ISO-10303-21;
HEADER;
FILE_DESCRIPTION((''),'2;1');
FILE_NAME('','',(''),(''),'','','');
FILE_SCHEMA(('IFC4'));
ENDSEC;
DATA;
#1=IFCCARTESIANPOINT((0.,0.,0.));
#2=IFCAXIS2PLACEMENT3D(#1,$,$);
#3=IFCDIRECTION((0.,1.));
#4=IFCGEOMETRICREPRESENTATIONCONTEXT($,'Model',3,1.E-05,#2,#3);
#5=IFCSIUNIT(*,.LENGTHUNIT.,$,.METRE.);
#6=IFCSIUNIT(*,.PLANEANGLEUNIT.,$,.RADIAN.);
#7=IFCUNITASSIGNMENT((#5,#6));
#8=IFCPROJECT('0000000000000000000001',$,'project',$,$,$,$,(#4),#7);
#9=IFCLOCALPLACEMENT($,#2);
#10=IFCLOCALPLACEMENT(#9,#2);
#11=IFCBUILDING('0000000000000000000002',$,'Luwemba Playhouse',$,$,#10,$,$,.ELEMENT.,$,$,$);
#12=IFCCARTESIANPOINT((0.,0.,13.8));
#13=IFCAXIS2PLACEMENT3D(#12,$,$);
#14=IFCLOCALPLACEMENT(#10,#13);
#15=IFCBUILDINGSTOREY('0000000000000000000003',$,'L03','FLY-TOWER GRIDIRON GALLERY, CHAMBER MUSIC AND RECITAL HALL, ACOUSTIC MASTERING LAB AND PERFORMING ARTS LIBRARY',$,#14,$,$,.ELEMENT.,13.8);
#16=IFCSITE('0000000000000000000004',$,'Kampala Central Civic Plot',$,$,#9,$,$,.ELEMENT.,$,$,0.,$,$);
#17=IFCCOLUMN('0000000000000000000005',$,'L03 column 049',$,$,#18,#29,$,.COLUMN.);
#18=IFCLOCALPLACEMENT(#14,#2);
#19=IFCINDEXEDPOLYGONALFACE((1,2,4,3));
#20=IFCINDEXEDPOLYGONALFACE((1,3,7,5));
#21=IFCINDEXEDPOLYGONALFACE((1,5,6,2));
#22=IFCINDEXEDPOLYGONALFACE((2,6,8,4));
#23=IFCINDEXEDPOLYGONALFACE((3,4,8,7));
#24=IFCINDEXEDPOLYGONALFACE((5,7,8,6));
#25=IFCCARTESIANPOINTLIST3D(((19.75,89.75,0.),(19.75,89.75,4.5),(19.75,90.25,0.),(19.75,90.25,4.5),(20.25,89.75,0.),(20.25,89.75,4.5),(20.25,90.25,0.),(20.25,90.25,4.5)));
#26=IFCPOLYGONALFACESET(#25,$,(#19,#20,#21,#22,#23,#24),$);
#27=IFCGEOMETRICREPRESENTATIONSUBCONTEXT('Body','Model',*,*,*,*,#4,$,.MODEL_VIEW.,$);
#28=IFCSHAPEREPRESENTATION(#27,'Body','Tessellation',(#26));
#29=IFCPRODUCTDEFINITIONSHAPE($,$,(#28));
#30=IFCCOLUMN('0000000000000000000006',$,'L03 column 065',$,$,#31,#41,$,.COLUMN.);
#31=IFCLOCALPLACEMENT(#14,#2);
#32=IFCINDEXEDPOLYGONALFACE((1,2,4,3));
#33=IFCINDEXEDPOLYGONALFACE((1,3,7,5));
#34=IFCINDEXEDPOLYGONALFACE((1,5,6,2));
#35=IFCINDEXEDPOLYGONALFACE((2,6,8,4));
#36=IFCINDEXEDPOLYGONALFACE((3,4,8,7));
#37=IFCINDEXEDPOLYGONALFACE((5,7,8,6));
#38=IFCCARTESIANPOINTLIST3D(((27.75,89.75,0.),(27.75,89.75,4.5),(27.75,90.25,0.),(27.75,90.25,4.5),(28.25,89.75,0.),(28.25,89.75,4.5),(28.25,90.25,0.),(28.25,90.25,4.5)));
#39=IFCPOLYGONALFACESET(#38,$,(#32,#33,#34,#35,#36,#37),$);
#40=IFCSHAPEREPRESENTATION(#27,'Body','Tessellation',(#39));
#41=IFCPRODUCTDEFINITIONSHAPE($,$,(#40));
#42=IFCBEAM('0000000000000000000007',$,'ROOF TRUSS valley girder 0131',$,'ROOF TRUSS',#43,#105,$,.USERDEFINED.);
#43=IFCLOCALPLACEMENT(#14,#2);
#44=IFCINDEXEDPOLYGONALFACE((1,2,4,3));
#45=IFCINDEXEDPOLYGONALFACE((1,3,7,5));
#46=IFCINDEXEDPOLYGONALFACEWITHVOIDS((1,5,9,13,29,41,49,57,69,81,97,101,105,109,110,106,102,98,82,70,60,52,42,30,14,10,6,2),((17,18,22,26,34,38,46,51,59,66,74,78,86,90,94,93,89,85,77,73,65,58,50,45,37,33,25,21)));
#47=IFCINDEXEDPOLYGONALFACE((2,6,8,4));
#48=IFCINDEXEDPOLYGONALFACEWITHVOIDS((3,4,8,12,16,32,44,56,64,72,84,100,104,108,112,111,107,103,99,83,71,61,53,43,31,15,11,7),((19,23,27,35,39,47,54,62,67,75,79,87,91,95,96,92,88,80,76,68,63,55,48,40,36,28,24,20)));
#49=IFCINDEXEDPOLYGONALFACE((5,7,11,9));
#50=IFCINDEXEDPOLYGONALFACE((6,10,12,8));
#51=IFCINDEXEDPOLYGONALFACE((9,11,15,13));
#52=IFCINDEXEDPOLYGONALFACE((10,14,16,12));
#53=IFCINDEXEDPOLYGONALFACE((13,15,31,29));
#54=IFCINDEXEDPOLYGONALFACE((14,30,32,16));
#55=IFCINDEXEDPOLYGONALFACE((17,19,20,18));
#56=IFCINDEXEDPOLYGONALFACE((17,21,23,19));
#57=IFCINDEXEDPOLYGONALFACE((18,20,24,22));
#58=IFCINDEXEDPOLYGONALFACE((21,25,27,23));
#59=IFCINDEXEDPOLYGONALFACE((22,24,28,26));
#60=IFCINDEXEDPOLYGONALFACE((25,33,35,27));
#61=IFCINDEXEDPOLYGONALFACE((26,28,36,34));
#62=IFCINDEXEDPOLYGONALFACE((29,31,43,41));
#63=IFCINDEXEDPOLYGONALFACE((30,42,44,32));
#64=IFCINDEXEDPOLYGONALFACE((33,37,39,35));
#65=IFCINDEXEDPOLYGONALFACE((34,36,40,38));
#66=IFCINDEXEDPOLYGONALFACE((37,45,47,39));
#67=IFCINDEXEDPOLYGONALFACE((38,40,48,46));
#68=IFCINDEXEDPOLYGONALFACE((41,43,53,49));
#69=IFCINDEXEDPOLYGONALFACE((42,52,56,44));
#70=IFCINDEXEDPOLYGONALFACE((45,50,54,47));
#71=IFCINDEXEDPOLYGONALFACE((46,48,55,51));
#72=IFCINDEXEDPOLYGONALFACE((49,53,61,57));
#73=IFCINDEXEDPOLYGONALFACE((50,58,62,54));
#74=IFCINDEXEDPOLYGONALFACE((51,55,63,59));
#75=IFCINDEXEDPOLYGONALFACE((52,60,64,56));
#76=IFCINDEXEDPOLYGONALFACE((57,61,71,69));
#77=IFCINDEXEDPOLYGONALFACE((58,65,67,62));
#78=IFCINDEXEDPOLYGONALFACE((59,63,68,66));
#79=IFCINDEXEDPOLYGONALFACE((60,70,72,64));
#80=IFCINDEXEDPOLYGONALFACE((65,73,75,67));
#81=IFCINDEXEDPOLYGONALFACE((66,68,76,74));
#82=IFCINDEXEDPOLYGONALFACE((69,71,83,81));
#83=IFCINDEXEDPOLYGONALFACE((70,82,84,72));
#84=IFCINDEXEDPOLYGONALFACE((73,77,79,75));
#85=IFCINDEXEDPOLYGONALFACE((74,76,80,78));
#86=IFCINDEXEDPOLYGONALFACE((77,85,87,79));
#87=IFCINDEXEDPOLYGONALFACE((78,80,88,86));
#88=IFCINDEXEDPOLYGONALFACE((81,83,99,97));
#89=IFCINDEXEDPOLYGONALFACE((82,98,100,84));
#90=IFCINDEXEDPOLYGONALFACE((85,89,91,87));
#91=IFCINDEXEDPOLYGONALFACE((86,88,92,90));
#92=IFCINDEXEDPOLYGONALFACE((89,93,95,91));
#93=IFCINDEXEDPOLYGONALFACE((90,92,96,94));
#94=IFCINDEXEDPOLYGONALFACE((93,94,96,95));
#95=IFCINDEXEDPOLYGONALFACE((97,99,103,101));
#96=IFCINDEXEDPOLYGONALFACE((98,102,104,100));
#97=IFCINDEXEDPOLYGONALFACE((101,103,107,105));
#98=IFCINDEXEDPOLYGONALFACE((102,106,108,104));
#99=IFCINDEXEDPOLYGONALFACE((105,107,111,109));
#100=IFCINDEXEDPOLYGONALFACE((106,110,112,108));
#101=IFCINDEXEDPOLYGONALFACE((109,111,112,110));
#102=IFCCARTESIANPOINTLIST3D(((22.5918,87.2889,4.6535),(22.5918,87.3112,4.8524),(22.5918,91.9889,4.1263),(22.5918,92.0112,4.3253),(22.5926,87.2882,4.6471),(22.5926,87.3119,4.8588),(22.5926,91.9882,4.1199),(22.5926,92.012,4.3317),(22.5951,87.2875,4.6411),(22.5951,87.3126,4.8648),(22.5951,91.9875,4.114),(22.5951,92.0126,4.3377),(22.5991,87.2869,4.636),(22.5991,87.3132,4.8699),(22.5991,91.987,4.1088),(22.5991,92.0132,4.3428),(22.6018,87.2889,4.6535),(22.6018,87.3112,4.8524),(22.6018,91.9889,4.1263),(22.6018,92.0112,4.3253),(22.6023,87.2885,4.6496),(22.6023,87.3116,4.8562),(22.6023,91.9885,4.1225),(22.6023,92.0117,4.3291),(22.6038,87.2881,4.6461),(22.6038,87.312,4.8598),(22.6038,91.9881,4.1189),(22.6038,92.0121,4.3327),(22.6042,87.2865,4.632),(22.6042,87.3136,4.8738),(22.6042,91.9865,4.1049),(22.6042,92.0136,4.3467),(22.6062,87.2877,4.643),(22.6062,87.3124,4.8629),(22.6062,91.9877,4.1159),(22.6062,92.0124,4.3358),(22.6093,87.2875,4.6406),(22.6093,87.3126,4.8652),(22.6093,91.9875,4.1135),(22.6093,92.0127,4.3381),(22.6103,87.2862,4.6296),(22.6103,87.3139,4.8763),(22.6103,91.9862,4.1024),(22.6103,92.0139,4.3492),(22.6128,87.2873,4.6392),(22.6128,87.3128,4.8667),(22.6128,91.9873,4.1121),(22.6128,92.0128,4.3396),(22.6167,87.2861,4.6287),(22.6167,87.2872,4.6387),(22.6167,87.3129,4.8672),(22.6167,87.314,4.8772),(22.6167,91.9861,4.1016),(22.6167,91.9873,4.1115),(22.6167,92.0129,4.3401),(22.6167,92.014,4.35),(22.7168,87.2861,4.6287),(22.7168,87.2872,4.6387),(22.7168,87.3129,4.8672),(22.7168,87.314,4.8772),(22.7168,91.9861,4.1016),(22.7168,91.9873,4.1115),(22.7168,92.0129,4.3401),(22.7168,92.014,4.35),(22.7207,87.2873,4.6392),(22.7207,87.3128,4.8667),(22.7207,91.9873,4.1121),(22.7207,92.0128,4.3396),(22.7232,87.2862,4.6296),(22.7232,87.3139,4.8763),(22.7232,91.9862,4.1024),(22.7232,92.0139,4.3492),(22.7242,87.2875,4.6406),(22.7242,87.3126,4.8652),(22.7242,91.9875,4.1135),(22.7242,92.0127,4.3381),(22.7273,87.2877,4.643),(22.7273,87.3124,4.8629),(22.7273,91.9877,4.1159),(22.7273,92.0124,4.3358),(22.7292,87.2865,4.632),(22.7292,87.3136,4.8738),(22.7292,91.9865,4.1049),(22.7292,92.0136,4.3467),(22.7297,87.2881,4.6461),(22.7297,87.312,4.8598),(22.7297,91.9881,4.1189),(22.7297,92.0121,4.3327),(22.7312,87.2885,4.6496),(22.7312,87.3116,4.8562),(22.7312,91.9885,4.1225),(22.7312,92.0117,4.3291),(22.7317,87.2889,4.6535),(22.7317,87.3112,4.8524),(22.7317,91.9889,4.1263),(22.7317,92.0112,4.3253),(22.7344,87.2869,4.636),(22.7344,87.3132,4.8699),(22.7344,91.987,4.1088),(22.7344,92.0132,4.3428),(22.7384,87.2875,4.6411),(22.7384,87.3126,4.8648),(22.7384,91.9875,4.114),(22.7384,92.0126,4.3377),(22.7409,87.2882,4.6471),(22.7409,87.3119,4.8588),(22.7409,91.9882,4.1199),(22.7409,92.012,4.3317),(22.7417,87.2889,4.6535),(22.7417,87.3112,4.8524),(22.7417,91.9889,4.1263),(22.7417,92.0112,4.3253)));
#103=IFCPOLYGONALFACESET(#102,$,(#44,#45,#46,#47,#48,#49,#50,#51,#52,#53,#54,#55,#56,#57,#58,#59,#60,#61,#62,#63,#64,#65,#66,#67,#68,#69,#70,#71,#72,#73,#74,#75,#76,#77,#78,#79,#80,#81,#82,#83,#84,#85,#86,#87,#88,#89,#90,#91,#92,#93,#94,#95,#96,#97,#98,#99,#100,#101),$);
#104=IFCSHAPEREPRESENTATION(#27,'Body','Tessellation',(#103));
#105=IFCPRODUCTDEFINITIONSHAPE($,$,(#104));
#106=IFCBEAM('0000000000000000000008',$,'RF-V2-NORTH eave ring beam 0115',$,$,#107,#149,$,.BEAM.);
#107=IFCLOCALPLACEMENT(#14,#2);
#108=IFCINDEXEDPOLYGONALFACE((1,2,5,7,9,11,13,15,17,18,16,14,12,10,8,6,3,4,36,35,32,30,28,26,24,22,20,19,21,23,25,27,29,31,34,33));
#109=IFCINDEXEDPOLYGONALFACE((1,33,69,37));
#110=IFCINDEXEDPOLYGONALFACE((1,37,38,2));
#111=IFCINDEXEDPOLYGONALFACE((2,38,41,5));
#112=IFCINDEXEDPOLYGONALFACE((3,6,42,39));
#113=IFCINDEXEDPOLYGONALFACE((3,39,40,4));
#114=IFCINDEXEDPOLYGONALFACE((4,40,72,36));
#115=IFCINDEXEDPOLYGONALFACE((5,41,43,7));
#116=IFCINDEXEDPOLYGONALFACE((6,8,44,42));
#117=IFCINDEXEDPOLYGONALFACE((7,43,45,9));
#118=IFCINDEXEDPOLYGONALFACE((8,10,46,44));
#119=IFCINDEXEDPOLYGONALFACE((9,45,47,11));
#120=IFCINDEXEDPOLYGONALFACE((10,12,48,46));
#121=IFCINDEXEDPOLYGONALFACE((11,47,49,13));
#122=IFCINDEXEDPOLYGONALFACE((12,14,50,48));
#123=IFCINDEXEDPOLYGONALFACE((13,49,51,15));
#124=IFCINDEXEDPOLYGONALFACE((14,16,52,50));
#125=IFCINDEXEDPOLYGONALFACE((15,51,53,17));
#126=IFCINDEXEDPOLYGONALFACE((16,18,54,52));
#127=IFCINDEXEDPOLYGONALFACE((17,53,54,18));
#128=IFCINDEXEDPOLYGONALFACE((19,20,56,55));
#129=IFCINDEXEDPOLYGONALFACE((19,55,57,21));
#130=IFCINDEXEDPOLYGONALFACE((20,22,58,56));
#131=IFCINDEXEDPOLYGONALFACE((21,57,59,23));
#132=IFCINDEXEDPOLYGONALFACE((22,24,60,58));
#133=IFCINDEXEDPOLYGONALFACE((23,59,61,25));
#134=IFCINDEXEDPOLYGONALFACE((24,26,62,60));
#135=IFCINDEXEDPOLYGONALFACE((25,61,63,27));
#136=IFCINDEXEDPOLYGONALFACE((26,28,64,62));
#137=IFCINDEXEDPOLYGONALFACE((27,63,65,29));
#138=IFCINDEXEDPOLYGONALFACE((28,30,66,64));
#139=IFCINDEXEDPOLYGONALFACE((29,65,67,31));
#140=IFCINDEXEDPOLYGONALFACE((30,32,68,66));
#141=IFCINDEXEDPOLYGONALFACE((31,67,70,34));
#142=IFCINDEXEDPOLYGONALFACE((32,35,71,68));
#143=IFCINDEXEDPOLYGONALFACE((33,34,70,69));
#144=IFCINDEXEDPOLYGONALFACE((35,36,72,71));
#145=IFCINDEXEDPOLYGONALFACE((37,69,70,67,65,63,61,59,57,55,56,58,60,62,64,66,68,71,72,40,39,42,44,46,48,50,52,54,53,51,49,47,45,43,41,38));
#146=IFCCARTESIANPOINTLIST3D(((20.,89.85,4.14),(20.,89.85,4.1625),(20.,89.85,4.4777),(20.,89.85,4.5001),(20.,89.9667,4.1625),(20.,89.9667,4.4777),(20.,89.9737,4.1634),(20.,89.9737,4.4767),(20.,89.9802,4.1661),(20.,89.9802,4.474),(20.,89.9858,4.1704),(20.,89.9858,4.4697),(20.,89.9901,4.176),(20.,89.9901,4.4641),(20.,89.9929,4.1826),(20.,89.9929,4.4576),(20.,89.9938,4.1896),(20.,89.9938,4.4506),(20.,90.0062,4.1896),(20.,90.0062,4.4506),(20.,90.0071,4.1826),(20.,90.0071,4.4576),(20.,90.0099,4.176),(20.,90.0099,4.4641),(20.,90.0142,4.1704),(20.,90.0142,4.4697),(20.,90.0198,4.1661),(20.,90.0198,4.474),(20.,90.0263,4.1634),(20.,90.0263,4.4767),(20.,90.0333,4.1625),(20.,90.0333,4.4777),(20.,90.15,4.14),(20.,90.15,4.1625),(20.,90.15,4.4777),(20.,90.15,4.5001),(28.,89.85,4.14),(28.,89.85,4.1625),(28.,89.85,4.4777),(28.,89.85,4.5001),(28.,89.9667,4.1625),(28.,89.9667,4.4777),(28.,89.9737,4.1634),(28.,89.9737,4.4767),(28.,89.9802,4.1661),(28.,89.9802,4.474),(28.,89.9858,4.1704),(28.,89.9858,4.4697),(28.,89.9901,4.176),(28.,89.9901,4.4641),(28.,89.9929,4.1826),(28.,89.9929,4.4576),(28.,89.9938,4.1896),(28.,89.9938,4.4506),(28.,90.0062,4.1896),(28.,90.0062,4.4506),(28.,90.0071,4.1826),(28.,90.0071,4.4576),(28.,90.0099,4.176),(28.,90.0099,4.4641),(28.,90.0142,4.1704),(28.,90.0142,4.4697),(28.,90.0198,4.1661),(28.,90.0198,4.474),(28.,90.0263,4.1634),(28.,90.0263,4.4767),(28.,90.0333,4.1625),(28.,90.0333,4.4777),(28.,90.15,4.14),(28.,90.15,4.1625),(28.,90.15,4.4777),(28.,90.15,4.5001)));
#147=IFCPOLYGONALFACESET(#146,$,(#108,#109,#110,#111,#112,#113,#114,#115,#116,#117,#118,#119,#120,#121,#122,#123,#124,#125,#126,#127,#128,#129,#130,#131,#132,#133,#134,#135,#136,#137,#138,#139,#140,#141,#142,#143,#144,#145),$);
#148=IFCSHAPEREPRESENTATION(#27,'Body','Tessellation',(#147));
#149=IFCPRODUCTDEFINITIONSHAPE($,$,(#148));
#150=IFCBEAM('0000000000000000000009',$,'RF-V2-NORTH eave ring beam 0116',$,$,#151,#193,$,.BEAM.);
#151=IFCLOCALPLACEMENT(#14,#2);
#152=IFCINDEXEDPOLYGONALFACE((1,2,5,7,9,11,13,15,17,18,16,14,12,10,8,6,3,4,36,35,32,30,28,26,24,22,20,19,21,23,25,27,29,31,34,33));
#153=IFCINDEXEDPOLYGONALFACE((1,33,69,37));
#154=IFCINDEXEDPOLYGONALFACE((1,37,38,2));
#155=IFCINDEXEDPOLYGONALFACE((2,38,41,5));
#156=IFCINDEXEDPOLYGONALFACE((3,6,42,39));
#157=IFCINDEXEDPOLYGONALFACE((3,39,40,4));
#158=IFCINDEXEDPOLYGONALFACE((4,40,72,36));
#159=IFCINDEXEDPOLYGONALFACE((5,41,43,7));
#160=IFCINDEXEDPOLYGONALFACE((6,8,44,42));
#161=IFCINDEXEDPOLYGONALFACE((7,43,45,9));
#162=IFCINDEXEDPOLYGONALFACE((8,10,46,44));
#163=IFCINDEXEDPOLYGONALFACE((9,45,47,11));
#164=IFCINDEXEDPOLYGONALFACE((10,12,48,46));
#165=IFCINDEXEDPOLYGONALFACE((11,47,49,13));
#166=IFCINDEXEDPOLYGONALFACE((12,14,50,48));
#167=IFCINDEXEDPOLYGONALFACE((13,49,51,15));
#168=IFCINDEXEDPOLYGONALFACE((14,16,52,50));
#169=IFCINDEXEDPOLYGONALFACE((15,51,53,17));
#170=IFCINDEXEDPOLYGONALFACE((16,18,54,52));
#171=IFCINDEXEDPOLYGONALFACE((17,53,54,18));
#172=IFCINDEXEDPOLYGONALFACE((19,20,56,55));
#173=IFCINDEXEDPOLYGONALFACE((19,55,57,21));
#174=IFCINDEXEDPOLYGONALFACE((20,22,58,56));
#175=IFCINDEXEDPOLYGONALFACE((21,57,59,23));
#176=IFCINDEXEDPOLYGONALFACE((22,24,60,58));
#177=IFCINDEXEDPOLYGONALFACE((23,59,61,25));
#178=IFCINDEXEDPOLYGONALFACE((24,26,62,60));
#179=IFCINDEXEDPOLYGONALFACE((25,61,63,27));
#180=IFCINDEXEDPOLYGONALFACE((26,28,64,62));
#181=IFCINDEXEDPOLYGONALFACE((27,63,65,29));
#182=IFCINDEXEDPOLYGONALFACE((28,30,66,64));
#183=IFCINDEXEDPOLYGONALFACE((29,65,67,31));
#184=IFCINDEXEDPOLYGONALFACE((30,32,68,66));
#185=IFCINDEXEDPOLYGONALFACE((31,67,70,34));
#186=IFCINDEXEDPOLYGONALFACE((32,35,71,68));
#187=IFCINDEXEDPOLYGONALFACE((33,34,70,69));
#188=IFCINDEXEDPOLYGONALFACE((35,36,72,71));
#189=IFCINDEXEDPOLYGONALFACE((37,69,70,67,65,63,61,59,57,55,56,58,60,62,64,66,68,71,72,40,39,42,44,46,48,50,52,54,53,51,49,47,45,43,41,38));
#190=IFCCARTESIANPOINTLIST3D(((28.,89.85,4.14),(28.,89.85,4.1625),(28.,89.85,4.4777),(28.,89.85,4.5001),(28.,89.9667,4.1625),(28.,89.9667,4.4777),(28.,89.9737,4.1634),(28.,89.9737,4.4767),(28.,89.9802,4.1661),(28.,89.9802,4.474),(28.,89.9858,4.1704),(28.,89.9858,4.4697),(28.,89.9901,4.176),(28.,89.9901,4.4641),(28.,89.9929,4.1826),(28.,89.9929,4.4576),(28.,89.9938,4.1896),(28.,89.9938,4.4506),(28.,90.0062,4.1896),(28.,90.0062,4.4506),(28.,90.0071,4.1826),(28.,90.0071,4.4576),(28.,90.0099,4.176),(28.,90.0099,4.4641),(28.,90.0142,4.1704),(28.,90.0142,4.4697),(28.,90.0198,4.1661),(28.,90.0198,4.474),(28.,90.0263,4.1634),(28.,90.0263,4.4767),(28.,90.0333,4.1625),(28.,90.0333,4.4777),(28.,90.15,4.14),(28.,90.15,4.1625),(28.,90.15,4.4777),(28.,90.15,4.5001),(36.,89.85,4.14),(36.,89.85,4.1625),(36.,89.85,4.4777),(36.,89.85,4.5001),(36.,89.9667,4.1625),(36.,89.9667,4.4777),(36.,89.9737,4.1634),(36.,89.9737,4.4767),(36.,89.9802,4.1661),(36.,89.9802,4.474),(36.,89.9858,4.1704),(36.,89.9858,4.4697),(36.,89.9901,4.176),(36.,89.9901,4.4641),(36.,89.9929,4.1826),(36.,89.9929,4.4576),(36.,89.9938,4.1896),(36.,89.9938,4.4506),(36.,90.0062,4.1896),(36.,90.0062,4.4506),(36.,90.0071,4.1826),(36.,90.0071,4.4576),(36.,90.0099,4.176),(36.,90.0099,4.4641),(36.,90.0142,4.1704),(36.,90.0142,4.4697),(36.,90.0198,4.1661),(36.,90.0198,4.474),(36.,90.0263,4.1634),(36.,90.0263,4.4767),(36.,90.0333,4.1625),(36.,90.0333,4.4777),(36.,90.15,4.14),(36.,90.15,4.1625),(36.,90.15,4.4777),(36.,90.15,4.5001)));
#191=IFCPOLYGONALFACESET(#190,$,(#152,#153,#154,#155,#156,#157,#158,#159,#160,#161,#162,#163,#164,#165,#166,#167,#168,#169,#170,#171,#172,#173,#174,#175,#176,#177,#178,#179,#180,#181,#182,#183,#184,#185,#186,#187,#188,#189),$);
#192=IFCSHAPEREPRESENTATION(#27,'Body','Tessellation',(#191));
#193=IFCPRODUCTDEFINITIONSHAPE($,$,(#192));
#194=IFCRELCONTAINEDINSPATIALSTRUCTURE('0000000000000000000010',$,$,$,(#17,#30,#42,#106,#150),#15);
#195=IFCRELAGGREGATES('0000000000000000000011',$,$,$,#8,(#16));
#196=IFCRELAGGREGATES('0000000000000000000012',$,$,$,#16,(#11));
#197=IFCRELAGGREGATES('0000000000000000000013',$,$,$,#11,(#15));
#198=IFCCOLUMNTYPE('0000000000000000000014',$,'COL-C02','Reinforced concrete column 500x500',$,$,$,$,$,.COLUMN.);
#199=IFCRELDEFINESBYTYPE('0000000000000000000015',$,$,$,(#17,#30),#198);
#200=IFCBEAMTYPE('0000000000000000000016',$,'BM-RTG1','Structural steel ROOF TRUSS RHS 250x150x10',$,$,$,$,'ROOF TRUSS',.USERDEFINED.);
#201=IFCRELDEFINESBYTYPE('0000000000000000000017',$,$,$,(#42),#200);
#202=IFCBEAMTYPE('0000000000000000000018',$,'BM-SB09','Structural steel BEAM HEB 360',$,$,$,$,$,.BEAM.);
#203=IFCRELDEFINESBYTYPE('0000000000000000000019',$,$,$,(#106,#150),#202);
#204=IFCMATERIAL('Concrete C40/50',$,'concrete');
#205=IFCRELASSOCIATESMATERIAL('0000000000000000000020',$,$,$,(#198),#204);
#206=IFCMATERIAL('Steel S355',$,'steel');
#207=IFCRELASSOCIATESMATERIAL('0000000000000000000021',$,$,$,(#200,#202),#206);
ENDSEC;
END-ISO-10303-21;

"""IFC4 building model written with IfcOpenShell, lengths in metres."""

from ifc_helpers import new_model, si_unit, direction, frame, origin, origin_2d, place, context, subcontext, project, spatial, rectangle, hollow_rectangle, i_section, extrude, material, material_profile, profile_set, type_object, element, save


model = new_model("IFC4")

# Units and contexts
model_context = context("Model", 3, precision=1e-05, world=origin(), true_north=direction((0.0, 1.0)))
body_context = subcontext(model_context, "Body", "Model", "MODEL_VIEW")
ifc_project = project(units=[si_unit("LENGTHUNIT", "METRE"), si_unit("PLANEANGLEUNIT", "RADIAN")], contexts=[model_context])

# Site, building, storey
site_placement = place(None, origin())
site = spatial("IfcSite", under=ifc_project, at=site_placement, Name="Kampala Central Civic Plot", CompositionType="ELEMENT", RefElevation=0.0)
building_placement = place(site_placement, origin())
building = spatial("IfcBuilding", under=site, at=building_placement, Name="Luwemba Playhouse", CompositionType="ELEMENT")
storey_placement = place(building_placement, frame((0.0, 0.0, 13.8)))
storey = spatial("IfcBuildingStorey", under=building, at=storey_placement, Name="L03", Description="FLY-TOWER GRIDIRON GALLERY, CHAMBER MUSIC AND RECITAL HALL, ACOUSTIC MASTERING LAB AND PERFORMING ARTS LIBRARY", CompositionType="ELEMENT", Elevation=13.8)

# Columns
ifc_material_1 = material(Name="Concrete C40/50", Category="concrete")
ifc_material_profile_1 = material_profile(ifc_material_1, rectangle(XDim=0.5, YDim=0.5, at=origin_2d()))
ifc_profile_set_1 = profile_set([ifc_material_profile_1], Name="Concrete C40/50")
column_type = type_object("IfcColumnType", Name="COL-C02", Description="Reinforced concrete column 500x500", PredefinedType="COLUMN", material=ifc_profile_set_1)
for number, where, z_axis, x_axis, name in (
    (1, (20.0, 90.0, 0.0), (0.0, 0.0, 1.0), (1.0, 0.0, 0.0), "L03 column 049"),
    (2, (28.0, 90.0, 0.0), (0.0, 0.0, 1.0), (1.0, 0.0, 0.0), "L03 column 065"),
):
    element("IfcColumn", number, at=place(storey_placement, frame(where, z_axis=z_axis, x_axis=x_axis)), inside=storey, type_object=column_type, Name=name, PredefinedType="COLUMN", context=body_context, shape_type="SweptSolid", body=[
        extrude(rectangle(XDim=0.5, YDim=0.5, at=origin_2d()), origin(), (0.0, 0.0, 1.0), 4.5),
    ])

# Beams
ifc_material_2 = material(Name="Steel S355", Category="steel")
ifc_material_profile_2 = material_profile(ifc_material_2, hollow_rectangle(XDim=0.1499, YDim=0.25, WallThickness=0.01, InnerFilletRadius=0.0149, OuterFilletRadius=0.0249, at=origin_2d()))
ifc_profile_set_2 = profile_set([ifc_material_profile_2], Name="Steel S355")
beam_type_1 = type_object("IfcBeamType", Name="BM-RTG1", Description="Structural steel ROOF TRUSS RHS 250x150x10", ElementType="ROOF TRUSS", PredefinedType="USERDEFINED", material=ifc_profile_set_2)
beam_1_placement = place(storey_placement, frame((22.6667, 87.3, 4.7529), z_axis=(0.0, 0.99377, -0.111451), x_axis=(-1.0, 0.0, 0.0)))
element("IfcBeam", 3, at=beam_1_placement, inside=storey, type_object=beam_type_1, Name="ROOF TRUSS valley girder 0131", ObjectType="ROOF TRUSS", PredefinedType="USERDEFINED", context=body_context, shape_type="SweptSolid", body=[
    extrude(hollow_rectangle(XDim=0.1499, YDim=0.25, WallThickness=0.01, InnerFilletRadius=0.0149, OuterFilletRadius=0.0249, at=origin_2d()), origin(), (0.0, 0.0, 1.0), 4.7295),
])
ifc_material_profile_3 = material_profile(ifc_material_2, i_section(OverallWidth=0.3, OverallDepth=0.3601, WebThickness=0.0125, FlangeThickness=0.0225, FilletRadius=0.0271, at=origin_2d()))
ifc_profile_set_3 = profile_set([ifc_material_profile_3], Name="Steel S355")
beam_type_2 = type_object("IfcBeamType", Name="BM-SB09", Description="Structural steel BEAM HEB 360", PredefinedType="BEAM", material=ifc_profile_set_3)
for number, where, z_axis, x_axis, name in (
    (4, (20.0, 90.0, 4.3201), (1.0, 0.0, 0.0), (0.0, 1.0, 0.0), "RF-V2-NORTH eave ring beam 0115"),
    (5, (28.0, 90.0, 4.3201), (1.0, 0.0, 0.0), (0.0, 1.0, 0.0), "RF-V2-NORTH eave ring beam 0116"),
):
    element("IfcBeam", number, at=place(storey_placement, frame(where, z_axis=z_axis, x_axis=x_axis)), inside=storey, type_object=beam_type_2, Name=name, PredefinedType="BEAM", context=body_context, shape_type="SweptSolid", body=[
        extrude(i_section(OverallWidth=0.3, OverallDepth=0.3601, WebThickness=0.0125, FlangeThickness=0.0225, FilletRadius=0.0271, at=origin_2d()), origin(), (0.0, 0.0, 1.0), 8.0),
    ])

save(model, "model.ifc")
